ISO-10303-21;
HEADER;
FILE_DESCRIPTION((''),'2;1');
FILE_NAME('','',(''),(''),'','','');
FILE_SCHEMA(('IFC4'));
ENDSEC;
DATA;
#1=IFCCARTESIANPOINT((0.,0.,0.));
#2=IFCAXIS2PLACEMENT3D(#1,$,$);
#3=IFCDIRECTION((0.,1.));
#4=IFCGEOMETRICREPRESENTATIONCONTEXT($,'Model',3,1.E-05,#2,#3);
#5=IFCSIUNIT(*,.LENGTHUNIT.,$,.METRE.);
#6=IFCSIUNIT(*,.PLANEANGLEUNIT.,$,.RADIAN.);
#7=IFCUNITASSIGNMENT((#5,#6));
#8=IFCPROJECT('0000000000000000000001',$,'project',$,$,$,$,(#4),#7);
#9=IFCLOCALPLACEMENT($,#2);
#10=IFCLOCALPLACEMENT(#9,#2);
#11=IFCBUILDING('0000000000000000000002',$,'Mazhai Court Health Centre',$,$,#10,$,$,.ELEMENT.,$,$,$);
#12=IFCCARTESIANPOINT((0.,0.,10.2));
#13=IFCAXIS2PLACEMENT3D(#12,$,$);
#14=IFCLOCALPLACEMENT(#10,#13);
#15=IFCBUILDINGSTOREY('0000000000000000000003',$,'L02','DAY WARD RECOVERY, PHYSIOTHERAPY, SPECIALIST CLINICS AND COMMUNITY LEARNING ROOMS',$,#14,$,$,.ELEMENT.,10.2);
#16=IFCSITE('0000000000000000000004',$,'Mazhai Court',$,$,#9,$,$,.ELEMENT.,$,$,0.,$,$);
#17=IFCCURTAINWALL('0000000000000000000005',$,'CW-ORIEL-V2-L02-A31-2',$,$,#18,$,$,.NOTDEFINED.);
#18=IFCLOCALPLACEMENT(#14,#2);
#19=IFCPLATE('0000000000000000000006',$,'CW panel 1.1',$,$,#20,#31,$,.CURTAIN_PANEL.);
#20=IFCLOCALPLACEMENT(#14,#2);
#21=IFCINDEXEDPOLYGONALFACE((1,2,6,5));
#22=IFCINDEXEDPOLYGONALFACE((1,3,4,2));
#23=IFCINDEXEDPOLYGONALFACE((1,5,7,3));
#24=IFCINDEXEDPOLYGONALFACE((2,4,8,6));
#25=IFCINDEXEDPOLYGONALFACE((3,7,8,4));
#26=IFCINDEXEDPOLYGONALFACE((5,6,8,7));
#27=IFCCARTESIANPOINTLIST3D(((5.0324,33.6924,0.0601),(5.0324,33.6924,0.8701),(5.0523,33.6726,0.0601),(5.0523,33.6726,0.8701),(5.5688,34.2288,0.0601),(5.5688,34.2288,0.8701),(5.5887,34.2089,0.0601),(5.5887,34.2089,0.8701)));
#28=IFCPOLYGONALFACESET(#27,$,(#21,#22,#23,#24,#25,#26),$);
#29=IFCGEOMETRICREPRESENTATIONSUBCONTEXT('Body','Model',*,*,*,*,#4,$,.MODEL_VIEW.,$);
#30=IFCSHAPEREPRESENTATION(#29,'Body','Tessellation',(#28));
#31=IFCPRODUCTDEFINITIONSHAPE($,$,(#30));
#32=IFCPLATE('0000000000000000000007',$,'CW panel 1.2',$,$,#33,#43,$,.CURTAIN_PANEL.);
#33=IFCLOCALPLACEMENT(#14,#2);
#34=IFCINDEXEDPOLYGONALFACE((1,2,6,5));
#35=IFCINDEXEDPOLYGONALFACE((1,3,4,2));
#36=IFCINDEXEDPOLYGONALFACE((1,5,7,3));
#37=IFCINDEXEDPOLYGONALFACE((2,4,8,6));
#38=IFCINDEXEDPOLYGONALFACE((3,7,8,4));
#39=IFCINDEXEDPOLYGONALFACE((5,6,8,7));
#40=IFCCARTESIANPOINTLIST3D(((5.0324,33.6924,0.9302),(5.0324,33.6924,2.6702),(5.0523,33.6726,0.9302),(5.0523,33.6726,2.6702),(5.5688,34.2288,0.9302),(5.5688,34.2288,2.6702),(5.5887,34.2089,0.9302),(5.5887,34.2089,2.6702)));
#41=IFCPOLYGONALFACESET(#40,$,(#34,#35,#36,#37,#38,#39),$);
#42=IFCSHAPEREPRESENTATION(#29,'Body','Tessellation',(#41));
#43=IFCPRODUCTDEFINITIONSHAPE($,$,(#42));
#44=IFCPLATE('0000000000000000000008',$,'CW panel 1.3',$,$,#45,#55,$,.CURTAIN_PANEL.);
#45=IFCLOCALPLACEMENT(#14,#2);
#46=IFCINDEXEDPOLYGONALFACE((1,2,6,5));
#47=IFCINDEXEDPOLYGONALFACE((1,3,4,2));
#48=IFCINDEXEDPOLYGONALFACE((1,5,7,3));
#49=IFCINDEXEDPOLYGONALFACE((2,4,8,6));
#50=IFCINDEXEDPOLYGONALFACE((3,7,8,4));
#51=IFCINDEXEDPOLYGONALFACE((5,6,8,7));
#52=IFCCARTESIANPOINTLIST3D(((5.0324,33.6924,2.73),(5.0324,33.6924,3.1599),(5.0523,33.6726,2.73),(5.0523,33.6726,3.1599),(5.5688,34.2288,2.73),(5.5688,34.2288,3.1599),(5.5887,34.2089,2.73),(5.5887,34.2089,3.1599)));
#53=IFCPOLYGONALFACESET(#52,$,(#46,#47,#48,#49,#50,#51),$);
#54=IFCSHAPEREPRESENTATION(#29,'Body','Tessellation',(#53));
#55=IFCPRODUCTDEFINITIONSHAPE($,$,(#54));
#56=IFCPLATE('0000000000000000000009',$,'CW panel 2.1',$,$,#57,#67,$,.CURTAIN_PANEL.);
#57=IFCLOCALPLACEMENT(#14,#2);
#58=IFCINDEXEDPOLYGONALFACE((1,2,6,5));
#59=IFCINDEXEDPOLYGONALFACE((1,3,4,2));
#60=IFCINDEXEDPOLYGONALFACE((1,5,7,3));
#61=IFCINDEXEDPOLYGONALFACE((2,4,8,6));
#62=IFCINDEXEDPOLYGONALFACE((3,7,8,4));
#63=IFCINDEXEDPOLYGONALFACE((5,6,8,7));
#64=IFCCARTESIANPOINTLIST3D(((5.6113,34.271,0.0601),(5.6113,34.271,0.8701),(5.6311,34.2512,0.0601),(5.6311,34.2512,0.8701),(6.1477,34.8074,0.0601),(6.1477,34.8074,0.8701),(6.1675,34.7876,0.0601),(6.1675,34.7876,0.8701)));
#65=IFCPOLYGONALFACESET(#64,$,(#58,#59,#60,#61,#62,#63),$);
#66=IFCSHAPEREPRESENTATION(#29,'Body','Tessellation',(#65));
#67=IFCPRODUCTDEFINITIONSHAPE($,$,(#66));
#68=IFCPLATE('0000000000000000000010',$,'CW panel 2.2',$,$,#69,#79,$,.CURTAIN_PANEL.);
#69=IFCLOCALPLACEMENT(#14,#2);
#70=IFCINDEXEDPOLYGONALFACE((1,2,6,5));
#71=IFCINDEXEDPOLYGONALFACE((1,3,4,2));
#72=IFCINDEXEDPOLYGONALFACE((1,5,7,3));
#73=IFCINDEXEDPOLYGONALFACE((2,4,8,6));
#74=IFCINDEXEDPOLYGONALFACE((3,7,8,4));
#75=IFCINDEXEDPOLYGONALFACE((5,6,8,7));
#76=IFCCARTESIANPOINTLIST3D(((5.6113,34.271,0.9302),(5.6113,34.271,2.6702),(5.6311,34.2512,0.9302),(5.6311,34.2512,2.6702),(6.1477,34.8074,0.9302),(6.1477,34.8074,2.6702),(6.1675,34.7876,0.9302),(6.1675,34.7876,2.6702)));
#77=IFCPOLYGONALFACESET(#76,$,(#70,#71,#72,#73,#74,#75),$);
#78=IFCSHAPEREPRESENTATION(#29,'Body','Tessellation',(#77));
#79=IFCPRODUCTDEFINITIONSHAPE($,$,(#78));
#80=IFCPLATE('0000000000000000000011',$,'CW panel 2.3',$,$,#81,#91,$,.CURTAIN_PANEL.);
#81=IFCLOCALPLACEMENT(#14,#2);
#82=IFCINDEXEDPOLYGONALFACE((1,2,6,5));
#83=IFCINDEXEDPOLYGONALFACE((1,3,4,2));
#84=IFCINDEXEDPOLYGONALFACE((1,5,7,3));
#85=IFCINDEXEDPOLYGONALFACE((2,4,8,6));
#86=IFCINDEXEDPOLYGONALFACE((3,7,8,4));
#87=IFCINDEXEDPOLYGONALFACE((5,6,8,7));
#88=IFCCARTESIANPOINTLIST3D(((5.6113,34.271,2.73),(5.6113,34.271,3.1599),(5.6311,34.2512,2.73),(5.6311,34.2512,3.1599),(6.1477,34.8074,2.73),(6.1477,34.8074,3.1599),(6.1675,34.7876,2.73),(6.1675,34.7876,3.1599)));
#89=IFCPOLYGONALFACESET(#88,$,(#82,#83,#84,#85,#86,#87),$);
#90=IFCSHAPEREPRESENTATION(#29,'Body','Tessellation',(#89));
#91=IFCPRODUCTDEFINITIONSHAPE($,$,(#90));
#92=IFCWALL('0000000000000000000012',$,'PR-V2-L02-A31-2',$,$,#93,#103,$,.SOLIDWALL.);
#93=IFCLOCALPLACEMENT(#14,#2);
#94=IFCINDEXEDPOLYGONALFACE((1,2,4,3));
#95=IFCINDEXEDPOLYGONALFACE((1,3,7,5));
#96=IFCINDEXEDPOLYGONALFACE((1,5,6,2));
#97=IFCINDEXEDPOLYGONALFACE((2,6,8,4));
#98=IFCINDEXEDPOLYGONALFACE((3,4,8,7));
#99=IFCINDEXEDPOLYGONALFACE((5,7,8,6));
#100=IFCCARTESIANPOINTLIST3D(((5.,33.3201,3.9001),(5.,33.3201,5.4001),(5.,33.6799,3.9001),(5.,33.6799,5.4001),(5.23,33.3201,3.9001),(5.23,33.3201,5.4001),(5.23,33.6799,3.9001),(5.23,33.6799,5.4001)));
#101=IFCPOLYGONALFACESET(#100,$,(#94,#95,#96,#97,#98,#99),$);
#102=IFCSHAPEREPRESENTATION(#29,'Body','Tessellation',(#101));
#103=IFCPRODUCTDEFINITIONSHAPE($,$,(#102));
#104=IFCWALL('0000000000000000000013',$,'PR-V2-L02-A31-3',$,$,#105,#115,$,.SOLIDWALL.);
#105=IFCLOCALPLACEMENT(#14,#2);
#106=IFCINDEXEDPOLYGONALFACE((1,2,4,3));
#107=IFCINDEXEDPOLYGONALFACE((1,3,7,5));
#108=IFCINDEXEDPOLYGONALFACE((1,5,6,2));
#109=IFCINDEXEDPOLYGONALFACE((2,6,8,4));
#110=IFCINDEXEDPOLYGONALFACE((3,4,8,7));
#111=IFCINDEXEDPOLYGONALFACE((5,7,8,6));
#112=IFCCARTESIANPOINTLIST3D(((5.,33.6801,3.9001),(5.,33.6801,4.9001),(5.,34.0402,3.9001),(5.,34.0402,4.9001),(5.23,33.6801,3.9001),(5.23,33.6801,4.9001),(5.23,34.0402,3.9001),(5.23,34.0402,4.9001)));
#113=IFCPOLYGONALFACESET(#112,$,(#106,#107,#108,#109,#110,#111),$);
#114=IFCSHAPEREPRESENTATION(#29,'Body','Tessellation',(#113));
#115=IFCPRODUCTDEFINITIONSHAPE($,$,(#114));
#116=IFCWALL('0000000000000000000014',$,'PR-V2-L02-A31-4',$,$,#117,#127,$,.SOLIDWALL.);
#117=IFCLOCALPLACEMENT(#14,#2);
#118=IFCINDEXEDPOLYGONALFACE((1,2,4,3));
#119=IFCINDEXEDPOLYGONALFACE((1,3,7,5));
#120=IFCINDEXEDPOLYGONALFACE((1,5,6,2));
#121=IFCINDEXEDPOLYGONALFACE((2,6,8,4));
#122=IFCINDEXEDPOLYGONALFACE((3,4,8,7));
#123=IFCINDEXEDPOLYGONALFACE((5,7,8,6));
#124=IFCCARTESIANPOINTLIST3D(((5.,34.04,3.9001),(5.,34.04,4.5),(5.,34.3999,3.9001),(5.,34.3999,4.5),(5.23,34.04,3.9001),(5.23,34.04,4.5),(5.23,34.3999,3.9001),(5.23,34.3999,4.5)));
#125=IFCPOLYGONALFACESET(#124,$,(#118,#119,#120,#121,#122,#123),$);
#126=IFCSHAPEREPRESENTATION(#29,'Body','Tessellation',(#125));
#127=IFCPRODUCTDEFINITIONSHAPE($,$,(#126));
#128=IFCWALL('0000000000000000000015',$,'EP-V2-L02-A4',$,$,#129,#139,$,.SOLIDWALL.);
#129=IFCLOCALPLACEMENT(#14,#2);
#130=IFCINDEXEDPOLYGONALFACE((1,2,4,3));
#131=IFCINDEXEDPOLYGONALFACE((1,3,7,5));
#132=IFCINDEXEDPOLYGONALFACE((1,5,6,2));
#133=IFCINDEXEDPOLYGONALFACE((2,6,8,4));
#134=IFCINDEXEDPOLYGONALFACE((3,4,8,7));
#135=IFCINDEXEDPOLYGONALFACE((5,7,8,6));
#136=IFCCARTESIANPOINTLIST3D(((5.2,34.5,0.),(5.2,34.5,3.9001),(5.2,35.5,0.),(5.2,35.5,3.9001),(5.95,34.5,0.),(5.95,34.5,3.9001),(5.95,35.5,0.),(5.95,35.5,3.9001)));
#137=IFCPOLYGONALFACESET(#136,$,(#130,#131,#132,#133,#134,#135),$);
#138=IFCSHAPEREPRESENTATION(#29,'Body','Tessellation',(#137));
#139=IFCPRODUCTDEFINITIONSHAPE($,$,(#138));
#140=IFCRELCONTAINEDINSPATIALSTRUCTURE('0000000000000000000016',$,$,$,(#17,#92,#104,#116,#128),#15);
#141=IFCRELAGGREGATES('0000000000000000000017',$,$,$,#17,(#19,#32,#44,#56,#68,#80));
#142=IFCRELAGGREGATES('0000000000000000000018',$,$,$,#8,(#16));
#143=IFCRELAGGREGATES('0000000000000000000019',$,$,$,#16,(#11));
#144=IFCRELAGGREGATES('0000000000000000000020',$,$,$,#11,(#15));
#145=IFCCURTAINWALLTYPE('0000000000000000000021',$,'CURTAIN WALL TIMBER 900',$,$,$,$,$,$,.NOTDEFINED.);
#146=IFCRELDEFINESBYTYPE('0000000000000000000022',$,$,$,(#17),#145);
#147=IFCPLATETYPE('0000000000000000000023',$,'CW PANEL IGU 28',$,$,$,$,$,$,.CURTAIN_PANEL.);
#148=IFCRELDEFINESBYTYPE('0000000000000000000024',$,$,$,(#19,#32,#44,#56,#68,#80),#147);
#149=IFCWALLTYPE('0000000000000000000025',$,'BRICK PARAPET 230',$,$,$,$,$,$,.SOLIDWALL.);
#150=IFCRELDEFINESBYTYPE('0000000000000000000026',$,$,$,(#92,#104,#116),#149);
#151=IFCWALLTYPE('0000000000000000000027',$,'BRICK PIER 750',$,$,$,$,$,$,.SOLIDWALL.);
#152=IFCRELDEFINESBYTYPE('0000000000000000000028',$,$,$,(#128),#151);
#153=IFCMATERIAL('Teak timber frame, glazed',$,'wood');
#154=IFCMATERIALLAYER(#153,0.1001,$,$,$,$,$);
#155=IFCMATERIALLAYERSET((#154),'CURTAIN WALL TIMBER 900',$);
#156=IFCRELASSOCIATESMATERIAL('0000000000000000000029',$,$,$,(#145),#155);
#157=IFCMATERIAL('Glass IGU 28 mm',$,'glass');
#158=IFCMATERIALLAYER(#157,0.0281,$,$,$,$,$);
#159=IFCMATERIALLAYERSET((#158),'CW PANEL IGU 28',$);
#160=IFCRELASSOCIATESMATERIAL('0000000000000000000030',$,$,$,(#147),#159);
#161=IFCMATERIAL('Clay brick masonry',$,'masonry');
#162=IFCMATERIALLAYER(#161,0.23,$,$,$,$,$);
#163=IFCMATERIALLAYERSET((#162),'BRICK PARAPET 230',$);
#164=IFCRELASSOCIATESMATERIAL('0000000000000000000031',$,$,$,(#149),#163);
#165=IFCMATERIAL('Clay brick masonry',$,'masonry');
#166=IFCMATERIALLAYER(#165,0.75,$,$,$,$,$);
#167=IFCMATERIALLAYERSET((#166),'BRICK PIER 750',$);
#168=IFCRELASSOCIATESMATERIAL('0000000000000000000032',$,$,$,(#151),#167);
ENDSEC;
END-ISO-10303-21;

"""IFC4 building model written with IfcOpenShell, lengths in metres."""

from ifc_helpers import new_model, si_unit, direction, frame, frame_2d, origin, origin_2d, place, context, subcontext, project, spatial, rectangle, extrude, material, layer, layer_set, type_object, element, aggregate, save


model = new_model("IFC4")

# Units and contexts
model_context = context("Model", 3, precision=1e-05, world=origin(), true_north=direction((0.0, 1.0)))
body_context = subcontext(model_context, "Body", "Model", "MODEL_VIEW")
ifc_project = project(units=[si_unit("LENGTHUNIT", "METRE"), si_unit("PLANEANGLEUNIT", "RADIAN")], contexts=[model_context])

# Site, building, storey
site_placement = place(None, origin())
site = spatial("IfcSite", under=ifc_project, at=site_placement, Name="Mazhai Court", CompositionType="ELEMENT", RefElevation=0.0)
building_placement = place(site_placement, origin())
building = spatial("IfcBuilding", under=site, at=building_placement, Name="Mazhai Court Health Centre", CompositionType="ELEMENT")
storey_placement = place(building_placement, frame((0.0, 0.0, 10.2)))
storey = spatial("IfcBuildingStorey", under=building, at=storey_placement, Name="L02", Description="DAY WARD RECOVERY, PHYSIOTHERAPY, SPECIALIST CLINICS AND COMMUNITY LEARNING ROOMS", CompositionType="ELEMENT", Elevation=10.2)

# Shared definitions
ifc_material_1 = material(Name="Teak timber frame, glazed", Category="wood")
ifc_layer_1 = layer(ifc_material_1, 0.1001)
ifc_layer_set_1 = layer_set([ifc_layer_1], Name="CURTAIN WALL TIMBER 900")
curtain_wall_type = type_object("IfcCurtainWallType", Name="CURTAIN WALL TIMBER 900", PredefinedType="NOTDEFINED", material=ifc_layer_set_1)

# Curtain wall
curtain_wall_1_placement = place(storey_placement, origin())
curtain_wall_1 = element("IfcCurtainWall", 1, at=curtain_wall_1_placement, inside=storey, type_object=curtain_wall_type, Name="CW-ORIEL-V2-L02-A31-2", PredefinedType="NOTDEFINED")

# Plates
ifc_material_2 = material(Name="Glass IGU 28 mm", Category="glass")
ifc_layer_2 = layer(ifc_material_2, 0.0281)
ifc_layer_set_2 = layer_set([ifc_layer_2], Name="CW PANEL IGU 28")
plate_type = type_object("IfcPlateType", Name="CW PANEL IGU 28", PredefinedType="CURTAIN_PANEL", material=ifc_layer_set_2)
plate_1_placement = place(storey_placement, frame((5.3105, 33.9507, 0.0601), z_axis=(0.0, 0.0, 1.0), x_axis=(0.707107, 0.707107, 0.0)))
plate_1 = element("IfcPlate", 2, at=plate_1_placement, type_object=plate_type, Name="CW panel 1.1", PredefinedType="CURTAIN_PANEL", context=body_context, shape_type="SweptSolid", body=[
    extrude(rectangle(XDim=0.7585, YDim=0.0281, at=origin_2d()), origin(), (0.0, 0.0, 1.0), 0.8101),
])
plate_2_placement = place(storey_placement, frame((5.3105, 33.9507, 0.9302), z_axis=(0.0, 0.0, 1.0), x_axis=(0.707107, 0.707107, 0.0)))
plate_2 = element("IfcPlate", 3, at=plate_2_placement, type_object=plate_type, Name="CW panel 1.2", PredefinedType="CURTAIN_PANEL", context=body_context, shape_type="SweptSolid", body=[
    extrude(rectangle(XDim=0.7585, YDim=0.0281, at=origin_2d()), origin(), (0.0, 0.0, 1.0), 1.74),
])
plate_3_placement = place(storey_placement, frame((5.3105, 33.9507, 2.73), z_axis=(0.0, 0.0, 1.0), x_axis=(0.707107, 0.707107, 0.0)))
plate_3 = element("IfcPlate", 4, at=plate_3_placement, type_object=plate_type, Name="CW panel 1.3", PredefinedType="CURTAIN_PANEL", context=body_context, shape_type="SweptSolid", body=[
    extrude(rectangle(XDim=0.7585, YDim=0.0281, at=origin_2d()), origin(), (0.0, 0.0, 1.0), 0.4299),
])
plate_4_placement = place(storey_placement, frame((5.8894, 34.5293, 0.0601), z_axis=(0.0, 0.0, 1.0), x_axis=(0.707107, 0.707107, 0.0)))
plate_4 = element("IfcPlate", 5, at=plate_4_placement, type_object=plate_type, Name="CW panel 2.1", PredefinedType="CURTAIN_PANEL", context=body_context, shape_type="SweptSolid", body=[
    extrude(rectangle(XDim=0.7585, YDim=0.0281, at=origin_2d()), origin(), (0.0, 0.0, 1.0), 0.8101),
])
plate_5_placement = place(storey_placement, frame((5.8894, 34.5293, 0.9302), z_axis=(0.0, 0.0, 1.0), x_axis=(0.707107, 0.707107, 0.0)))
plate_5 = element("IfcPlate", 6, at=plate_5_placement, type_object=plate_type, Name="CW panel 2.2", PredefinedType="CURTAIN_PANEL", context=body_context, shape_type="SweptSolid", body=[
    extrude(rectangle(XDim=0.7585, YDim=0.0281, at=origin_2d()), origin(), (0.0, 0.0, 1.0), 1.74),
])
plate_6_placement = place(storey_placement, frame((5.8894, 34.5293, 2.73), z_axis=(0.0, 0.0, 1.0), x_axis=(0.707107, 0.707107, 0.0)))
plate_6 = element("IfcPlate", 7, at=plate_6_placement, type_object=plate_type, Name="CW panel 2.3", PredefinedType="CURTAIN_PANEL", context=body_context, shape_type="SweptSolid", body=[
    extrude(rectangle(XDim=0.7585, YDim=0.0281, at=origin_2d()), origin(), (0.0, 0.0, 1.0), 0.4299),
])
aggregate(curtain_wall_1, [plate_1, plate_2, plate_3, plate_4, plate_5, plate_6])

# Walls
ifc_material_3 = material(Name="Clay brick masonry", Category="masonry")
ifc_layer_3 = layer(ifc_material_3, 0.23)
ifc_layer_set_3 = layer_set([ifc_layer_3], Name="BRICK PARAPET 230")
wall_type_1 = type_object("IfcWallType", Name="BRICK PARAPET 230", PredefinedType="SOLIDWALL", material=ifc_layer_set_3)
wall_1_placement = place(storey_placement, frame((5.115, 33.3201, 3.9001), z_axis=(0.0, 0.0, 1.0), x_axis=(0.0, 1.0, 0.0)))
element("IfcWall", 8, at=wall_1_placement, inside=storey, type_object=wall_type_1, Name="PR-V2-L02-A31-2", PredefinedType="SOLIDWALL", context=body_context, shape_type="SweptSolid", body=[
    extrude(rectangle(XDim=0.3599, YDim=0.23, at=frame_2d((0.1799, 0.0))), origin(), (0.0, 0.0, 1.0), 1.5),
])
wall_2_placement = place(storey_placement, frame((5.115, 33.6799, 3.9001), z_axis=(0.0, 0.0, 1.0), x_axis=(0.0, 1.0, 0.0)))
element("IfcWall", 9, at=wall_2_placement, inside=storey, type_object=wall_type_1, Name="PR-V2-L02-A31-3", PredefinedType="SOLIDWALL", context=body_context, shape_type="SweptSolid", body=[
    extrude(rectangle(XDim=0.3601, YDim=0.23, at=frame_2d((0.1802, 0.0))), origin(), (0.0, 0.0, 1.0), 1.0),
])
wall_3_placement = place(storey_placement, frame((5.115, 34.04, 3.9001), z_axis=(0.0, 0.0, 1.0), x_axis=(0.0, 1.0, 0.0)))
element("IfcWall", 10, at=wall_3_placement, inside=storey, type_object=wall_type_1, Name="PR-V2-L02-A31-4", PredefinedType="SOLIDWALL", context=body_context, shape_type="SweptSolid", body=[
    extrude(rectangle(XDim=0.3599, YDim=0.23, at=frame_2d((0.1799, 0.0))), origin(), (0.0, 0.0, 1.0), 0.5999),
])
ifc_material_4 = material(Name="Clay brick masonry", Category="masonry")
ifc_layer_4 = layer(ifc_material_4, 0.75)
ifc_layer_set_4 = layer_set([ifc_layer_4], Name="BRICK PIER 750")
wall_type_2 = type_object("IfcWallType", Name="BRICK PIER 750", PredefinedType="SOLIDWALL", material=ifc_layer_set_4)
wall_4_placement = place(storey_placement, frame((5.575, 34.5, 0.0), z_axis=(0.0, 0.0, 1.0), x_axis=(0.0, 1.0, 0.0)))
element("IfcWall", 11, at=wall_4_placement, inside=storey, type_object=wall_type_2, Name="EP-V2-L02-A4", PredefinedType="SOLIDWALL", context=body_context, shape_type="SweptSolid", body=[
    extrude(rectangle(XDim=1.0, YDim=0.75, at=frame_2d((0.5, 0.0))), origin(), (0.0, 0.0, 1.0), 3.9001),
])

save(model, "model.ifc")
